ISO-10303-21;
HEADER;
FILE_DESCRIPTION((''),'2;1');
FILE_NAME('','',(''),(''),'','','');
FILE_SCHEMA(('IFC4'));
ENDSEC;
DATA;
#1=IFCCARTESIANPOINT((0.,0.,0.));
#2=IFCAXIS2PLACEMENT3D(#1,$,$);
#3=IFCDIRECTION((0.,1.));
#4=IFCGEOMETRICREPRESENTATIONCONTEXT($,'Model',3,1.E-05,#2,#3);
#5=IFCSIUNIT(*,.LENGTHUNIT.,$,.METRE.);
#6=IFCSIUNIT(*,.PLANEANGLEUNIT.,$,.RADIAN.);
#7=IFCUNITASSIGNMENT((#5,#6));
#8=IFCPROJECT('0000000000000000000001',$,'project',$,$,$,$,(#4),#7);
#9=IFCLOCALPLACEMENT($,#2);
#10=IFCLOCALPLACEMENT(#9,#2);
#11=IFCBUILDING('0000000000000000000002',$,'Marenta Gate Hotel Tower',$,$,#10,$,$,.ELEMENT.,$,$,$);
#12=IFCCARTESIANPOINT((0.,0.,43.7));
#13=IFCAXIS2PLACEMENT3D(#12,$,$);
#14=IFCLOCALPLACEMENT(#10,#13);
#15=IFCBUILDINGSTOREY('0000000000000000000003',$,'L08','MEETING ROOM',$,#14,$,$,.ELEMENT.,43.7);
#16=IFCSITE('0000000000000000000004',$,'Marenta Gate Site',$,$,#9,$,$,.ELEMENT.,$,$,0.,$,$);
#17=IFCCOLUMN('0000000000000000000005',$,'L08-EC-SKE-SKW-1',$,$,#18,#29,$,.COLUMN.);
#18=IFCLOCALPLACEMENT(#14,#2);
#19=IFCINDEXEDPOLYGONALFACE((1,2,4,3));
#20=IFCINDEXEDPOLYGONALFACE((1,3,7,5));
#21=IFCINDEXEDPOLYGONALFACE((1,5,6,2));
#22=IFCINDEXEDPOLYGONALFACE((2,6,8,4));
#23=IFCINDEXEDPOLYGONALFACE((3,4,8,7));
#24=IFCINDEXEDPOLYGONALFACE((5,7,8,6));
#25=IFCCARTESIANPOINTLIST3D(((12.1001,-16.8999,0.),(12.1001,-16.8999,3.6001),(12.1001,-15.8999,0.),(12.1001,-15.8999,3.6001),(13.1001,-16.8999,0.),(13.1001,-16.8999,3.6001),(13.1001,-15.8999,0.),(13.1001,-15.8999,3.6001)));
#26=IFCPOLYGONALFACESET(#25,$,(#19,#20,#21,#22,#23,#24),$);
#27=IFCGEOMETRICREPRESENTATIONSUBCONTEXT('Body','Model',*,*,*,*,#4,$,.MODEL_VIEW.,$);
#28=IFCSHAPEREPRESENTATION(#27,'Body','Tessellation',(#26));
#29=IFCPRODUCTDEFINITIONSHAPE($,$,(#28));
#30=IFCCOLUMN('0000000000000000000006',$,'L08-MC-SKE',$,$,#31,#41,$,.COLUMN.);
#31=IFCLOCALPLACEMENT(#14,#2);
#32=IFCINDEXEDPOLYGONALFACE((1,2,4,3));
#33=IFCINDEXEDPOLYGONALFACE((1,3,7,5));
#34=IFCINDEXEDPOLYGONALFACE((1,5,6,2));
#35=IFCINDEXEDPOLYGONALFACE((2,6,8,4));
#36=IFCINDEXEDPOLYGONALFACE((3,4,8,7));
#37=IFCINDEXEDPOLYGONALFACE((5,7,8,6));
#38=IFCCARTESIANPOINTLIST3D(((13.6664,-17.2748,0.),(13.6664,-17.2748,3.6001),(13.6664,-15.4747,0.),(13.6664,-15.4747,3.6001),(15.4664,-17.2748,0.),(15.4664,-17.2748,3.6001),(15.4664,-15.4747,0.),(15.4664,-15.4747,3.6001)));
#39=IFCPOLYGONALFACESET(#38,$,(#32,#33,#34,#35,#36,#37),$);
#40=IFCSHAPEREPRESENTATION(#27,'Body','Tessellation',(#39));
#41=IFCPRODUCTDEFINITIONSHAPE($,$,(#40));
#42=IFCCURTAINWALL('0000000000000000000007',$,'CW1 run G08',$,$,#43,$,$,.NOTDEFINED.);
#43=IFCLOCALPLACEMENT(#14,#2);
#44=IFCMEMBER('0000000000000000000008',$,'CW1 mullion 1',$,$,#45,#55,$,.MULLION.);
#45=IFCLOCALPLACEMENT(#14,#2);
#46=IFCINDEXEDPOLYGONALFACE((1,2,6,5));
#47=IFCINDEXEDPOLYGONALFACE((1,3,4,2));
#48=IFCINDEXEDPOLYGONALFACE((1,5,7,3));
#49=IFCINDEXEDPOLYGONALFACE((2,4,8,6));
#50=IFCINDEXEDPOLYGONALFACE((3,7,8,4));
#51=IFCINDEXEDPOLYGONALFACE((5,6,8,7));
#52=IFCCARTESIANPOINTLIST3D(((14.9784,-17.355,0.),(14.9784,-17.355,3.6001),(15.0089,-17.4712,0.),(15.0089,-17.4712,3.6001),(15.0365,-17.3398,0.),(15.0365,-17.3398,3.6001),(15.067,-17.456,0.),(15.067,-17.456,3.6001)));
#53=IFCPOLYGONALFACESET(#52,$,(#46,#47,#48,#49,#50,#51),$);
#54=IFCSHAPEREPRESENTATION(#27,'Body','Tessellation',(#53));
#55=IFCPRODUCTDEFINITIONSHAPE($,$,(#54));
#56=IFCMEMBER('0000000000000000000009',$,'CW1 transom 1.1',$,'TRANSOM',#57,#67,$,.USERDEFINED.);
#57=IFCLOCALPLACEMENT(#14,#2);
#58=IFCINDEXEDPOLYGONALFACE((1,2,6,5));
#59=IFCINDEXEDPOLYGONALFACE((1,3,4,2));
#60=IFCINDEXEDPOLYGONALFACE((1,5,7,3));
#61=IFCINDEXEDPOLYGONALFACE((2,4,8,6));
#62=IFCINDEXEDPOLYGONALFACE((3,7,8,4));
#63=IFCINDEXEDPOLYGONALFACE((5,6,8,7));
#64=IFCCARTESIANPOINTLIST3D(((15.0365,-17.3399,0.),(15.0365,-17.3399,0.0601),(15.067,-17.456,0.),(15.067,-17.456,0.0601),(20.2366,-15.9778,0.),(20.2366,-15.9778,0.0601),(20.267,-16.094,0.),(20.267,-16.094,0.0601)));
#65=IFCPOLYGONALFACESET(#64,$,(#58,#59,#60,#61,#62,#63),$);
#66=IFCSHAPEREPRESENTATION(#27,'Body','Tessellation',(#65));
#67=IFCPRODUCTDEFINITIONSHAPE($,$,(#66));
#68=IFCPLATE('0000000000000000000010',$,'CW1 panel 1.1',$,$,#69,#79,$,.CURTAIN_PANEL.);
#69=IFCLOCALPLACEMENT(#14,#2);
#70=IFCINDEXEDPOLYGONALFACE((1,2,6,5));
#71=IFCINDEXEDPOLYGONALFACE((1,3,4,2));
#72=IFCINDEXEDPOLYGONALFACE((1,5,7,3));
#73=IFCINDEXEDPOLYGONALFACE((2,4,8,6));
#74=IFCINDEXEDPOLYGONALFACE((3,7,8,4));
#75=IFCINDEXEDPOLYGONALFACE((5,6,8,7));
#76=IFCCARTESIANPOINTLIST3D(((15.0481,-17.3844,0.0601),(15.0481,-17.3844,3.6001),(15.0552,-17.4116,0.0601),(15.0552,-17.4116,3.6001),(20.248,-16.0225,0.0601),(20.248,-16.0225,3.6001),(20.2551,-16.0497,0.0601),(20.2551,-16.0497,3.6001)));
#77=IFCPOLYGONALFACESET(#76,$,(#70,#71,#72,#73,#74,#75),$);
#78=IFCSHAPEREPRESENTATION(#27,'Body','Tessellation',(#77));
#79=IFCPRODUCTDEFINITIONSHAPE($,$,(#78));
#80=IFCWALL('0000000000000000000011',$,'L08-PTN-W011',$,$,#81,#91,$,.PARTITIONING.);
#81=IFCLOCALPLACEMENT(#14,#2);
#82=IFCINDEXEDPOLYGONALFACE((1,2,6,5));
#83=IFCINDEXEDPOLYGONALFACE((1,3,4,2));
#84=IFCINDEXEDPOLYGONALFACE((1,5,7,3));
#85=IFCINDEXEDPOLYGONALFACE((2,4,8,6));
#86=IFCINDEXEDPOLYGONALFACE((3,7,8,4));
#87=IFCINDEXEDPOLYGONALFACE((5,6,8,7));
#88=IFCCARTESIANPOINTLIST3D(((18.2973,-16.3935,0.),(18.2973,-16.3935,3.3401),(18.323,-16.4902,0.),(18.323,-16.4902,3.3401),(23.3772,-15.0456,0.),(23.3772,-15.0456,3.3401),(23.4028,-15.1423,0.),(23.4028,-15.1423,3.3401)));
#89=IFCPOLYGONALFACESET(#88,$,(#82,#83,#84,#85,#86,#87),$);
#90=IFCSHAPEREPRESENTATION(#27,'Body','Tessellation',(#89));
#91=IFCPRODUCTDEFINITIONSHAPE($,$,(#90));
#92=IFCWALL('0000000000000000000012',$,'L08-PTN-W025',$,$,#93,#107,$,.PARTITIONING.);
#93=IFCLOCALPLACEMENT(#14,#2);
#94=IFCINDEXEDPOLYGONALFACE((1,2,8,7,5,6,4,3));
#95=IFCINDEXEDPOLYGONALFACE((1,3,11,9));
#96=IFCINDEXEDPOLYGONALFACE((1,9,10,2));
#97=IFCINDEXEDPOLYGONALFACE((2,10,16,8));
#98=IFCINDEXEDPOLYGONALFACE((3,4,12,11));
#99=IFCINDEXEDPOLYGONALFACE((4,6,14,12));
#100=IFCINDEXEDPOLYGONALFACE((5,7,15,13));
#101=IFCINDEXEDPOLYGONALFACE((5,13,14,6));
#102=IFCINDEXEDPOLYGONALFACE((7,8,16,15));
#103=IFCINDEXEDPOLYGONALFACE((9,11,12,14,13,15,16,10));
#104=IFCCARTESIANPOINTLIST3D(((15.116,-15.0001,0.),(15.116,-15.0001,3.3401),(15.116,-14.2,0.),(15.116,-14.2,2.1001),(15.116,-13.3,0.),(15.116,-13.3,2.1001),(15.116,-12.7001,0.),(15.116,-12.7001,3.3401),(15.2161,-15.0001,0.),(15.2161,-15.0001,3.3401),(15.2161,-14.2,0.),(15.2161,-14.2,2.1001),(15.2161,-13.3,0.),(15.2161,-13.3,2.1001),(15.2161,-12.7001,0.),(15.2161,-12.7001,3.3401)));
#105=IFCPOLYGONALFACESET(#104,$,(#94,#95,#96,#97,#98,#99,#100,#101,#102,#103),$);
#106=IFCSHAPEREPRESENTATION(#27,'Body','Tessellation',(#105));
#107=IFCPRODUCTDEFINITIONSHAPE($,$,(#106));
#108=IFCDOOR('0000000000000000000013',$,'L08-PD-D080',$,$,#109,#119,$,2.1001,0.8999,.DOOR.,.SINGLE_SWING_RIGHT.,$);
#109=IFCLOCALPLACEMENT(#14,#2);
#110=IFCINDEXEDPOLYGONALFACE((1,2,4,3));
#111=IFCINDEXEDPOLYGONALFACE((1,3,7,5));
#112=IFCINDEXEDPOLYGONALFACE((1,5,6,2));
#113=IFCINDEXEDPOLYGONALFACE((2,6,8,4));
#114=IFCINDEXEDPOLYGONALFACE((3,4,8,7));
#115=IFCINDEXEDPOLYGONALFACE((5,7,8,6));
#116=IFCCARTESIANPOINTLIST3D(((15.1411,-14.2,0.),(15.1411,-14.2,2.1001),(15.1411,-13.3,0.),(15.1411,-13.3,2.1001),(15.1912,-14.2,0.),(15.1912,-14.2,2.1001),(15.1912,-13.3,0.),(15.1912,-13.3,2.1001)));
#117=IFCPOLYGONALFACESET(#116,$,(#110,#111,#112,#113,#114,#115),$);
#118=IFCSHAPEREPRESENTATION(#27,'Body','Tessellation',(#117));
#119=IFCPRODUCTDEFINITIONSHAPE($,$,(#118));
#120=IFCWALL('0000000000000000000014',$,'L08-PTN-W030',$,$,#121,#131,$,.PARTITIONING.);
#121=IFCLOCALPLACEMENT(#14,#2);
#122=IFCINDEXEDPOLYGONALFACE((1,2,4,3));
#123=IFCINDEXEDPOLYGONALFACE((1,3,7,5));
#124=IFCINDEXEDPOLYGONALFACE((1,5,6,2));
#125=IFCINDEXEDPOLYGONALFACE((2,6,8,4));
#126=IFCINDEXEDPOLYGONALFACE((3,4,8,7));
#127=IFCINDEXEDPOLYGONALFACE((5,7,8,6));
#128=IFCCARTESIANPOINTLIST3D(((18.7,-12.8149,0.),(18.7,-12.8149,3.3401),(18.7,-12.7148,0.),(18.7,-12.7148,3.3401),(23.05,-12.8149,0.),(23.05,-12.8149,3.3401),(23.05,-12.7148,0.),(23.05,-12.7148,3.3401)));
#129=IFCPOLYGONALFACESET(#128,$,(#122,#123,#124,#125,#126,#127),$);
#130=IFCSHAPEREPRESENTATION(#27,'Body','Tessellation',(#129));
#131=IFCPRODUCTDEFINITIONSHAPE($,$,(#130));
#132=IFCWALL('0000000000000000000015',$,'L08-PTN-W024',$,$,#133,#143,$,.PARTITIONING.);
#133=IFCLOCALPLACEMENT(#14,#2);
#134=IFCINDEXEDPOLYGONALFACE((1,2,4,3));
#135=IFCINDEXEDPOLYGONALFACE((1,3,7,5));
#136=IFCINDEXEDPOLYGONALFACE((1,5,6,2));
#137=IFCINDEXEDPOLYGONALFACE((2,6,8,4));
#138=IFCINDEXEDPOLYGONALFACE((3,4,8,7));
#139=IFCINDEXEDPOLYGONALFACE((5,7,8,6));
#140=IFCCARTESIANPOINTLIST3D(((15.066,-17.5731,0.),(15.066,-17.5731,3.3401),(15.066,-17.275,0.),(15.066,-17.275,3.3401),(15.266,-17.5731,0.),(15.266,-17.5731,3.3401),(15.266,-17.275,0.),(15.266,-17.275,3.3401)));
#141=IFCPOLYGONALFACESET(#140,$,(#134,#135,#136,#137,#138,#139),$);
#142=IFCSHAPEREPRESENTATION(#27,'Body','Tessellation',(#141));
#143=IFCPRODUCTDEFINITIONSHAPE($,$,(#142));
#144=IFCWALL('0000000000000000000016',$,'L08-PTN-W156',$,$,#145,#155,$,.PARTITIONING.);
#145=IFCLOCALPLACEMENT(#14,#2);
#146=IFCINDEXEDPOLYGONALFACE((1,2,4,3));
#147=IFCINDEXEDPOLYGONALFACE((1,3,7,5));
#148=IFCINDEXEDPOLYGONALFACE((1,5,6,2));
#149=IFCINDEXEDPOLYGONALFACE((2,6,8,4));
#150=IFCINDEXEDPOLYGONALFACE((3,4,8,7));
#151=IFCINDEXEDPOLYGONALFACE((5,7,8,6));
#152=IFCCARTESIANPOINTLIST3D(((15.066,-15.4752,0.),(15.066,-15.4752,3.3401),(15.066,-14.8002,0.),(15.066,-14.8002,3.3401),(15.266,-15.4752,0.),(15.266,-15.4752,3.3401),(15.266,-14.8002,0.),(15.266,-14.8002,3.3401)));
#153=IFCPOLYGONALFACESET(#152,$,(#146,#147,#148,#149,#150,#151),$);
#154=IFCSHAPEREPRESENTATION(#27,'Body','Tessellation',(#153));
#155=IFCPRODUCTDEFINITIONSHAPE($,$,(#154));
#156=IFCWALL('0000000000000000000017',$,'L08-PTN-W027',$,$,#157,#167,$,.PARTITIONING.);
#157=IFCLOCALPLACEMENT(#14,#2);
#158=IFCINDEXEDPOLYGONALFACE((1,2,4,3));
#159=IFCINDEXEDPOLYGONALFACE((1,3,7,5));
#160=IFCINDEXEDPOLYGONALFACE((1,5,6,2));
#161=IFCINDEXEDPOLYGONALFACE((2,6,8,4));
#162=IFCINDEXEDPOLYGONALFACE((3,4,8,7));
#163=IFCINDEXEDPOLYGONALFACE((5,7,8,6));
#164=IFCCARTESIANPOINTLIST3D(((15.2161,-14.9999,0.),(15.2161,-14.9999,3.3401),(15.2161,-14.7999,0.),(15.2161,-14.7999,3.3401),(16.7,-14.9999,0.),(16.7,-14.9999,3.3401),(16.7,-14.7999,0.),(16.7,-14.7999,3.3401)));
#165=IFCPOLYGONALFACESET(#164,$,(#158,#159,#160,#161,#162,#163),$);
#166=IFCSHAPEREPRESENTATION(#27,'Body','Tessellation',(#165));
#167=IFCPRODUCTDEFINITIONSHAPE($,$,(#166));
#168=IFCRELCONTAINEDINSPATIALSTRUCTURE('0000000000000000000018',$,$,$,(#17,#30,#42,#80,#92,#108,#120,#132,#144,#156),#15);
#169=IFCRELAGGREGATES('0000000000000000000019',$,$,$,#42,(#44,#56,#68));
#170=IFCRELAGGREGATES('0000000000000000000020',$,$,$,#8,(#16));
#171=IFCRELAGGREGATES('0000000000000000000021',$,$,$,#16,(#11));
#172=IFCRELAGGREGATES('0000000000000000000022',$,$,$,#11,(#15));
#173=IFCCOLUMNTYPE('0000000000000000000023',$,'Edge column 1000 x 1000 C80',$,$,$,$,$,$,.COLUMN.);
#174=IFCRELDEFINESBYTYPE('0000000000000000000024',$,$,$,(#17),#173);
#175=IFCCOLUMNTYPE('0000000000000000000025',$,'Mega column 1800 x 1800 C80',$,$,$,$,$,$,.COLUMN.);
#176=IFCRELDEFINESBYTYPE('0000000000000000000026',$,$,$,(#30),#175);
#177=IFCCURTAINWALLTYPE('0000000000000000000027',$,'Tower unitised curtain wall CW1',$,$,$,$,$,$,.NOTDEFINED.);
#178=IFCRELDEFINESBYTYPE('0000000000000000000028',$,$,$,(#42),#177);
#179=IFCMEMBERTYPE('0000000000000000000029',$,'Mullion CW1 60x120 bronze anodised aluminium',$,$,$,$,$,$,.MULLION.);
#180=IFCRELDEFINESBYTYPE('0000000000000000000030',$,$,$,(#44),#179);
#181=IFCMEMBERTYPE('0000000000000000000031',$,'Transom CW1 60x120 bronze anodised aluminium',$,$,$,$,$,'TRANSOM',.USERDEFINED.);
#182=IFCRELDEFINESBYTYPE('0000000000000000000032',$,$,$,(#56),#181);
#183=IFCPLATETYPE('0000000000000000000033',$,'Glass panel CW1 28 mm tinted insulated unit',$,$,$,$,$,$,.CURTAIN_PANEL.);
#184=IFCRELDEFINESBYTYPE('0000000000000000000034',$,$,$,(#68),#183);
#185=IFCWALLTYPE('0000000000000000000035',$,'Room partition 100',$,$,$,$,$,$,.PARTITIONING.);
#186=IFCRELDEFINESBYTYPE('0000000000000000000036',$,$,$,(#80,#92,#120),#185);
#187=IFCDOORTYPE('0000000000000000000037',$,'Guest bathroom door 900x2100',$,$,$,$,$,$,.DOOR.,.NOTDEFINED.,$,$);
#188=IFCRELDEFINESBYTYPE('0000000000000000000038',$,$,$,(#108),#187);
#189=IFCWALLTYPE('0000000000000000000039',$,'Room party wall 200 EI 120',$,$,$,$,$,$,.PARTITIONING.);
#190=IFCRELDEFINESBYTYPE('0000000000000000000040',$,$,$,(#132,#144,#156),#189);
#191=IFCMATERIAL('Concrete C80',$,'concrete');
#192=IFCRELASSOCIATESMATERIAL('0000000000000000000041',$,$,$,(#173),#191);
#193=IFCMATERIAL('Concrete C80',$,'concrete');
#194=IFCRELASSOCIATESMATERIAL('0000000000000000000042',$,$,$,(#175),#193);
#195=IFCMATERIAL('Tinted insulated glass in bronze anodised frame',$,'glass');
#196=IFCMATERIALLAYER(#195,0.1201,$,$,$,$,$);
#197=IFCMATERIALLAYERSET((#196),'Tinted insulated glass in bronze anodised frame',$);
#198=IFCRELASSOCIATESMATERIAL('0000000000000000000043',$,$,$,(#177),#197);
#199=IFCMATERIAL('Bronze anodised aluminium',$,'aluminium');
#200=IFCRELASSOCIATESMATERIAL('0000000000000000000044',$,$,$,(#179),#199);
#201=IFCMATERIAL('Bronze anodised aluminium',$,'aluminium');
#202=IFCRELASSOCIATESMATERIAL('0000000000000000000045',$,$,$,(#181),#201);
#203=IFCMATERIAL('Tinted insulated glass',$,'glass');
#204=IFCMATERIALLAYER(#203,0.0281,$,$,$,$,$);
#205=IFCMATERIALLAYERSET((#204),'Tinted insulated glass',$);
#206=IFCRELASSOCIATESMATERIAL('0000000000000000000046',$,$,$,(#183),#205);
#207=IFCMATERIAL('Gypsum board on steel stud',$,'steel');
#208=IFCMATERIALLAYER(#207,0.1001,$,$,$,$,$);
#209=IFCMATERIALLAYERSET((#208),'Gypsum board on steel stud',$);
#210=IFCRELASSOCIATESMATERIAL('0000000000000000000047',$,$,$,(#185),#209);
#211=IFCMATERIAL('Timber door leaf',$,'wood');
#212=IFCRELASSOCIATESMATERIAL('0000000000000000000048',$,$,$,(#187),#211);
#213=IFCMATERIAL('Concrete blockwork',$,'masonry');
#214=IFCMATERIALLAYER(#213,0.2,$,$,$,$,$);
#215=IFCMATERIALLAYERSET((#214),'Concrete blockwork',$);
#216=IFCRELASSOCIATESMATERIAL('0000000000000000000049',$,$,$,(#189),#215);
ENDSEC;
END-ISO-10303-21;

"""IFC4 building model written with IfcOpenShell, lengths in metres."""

from ifc_helpers import new_model, si_unit, direction, frame, frame_2d, origin, origin_2d, place, context, subcontext, project, spatial, rectangle, extrude, material, layer, layer_set, material_profile, profile_set, type_object, element, fill, aggregate, save


model = new_model("IFC4")

# Units and contexts
model_context = context("Model", 3, precision=1e-05, world=origin(), true_north=direction((0.0, 1.0)))
body_context = subcontext(model_context, "Body", "Model", "MODEL_VIEW")
ifc_project = project(units=[si_unit("LENGTHUNIT", "METRE"), si_unit("PLANEANGLEUNIT", "RADIAN")], contexts=[model_context])

# Site, building, storey
site_placement = place(None, origin())
site = spatial("IfcSite", under=ifc_project, at=site_placement, Name="Marenta Gate Site", CompositionType="ELEMENT", RefElevation=0.0)
building_placement = place(site_placement, origin())
building = spatial("IfcBuilding", under=site, at=building_placement, Name="Marenta Gate Hotel Tower", CompositionType="ELEMENT")
storey_placement = place(building_placement, frame((0.0, 0.0, 43.7)))
storey = spatial("IfcBuildingStorey", under=building, at=storey_placement, Name="L08", Description="MEETING ROOM", CompositionType="ELEMENT", Elevation=43.7)

# Columns
ifc_material_1 = material(Name="Concrete C80", Category="concrete")
ifc_material_profile_1 = material_profile(ifc_material_1, rectangle(XDim=1.0, YDim=1.0, at=origin_2d()), Name="1000 x 1000")
ifc_profile_set_1 = profile_set([ifc_material_profile_1], Name="Concrete C80")
column_type_1 = type_object("IfcColumnType", Name="Edge column 1000 x 1000 C80", PredefinedType="COLUMN", material=ifc_profile_set_1)
column_1_placement = place(storey_placement, frame((12.6001, -16.3999, 0.0), z_axis=(0.0, 0.0, 1.0), x_axis=(1.0, 0.0, 0.0)))
element("IfcColumn", 1, at=column_1_placement, inside=storey, type_object=column_type_1, Name="L08-EC-SKE-SKW-1", PredefinedType="COLUMN", context=body_context, shape_type="SweptSolid", body=[
    extrude(rectangle(XDim=1.0, YDim=1.0, at=origin_2d()), origin(), (0.0, 0.0, 1.0), 3.6001),
])
ifc_material_2 = material(Name="Concrete C80", Category="concrete")
ifc_material_profile_2 = material_profile(ifc_material_2, rectangle(XDim=1.8, YDim=1.8, at=origin_2d()), Name="1800 x 1800")
ifc_profile_set_2 = profile_set([ifc_material_profile_2], Name="Concrete C80")
column_type_2 = type_object("IfcColumnType", Name="Mega column 1800 x 1800 C80", PredefinedType="COLUMN", material=ifc_profile_set_2)
column_2_placement = place(storey_placement, frame((14.5664, -16.3748, 0.0), z_axis=(0.0, 0.0, 1.0), x_axis=(1.0, 0.0, 0.0)))
element("IfcColumn", 2, at=column_2_placement, inside=storey, type_object=column_type_2, Name="L08-MC-SKE", PredefinedType="COLUMN", context=body_context, shape_type="SweptSolid", body=[
    extrude(rectangle(XDim=1.8, YDim=1.8, at=origin_2d()), origin(), (0.0, 0.0, 1.0), 3.6001),
])

# Curtain wall, members, plate
ifc_material_3 = material(Name="Tinted insulated glass in bronze anodised frame", Category="glass")
ifc_layer_1 = layer(ifc_material_3, 0.1201)
ifc_layer_set_1 = layer_set([ifc_layer_1], Name="Tinted insulated glass in bronze anodised frame")
curtain_wall_type = type_object("IfcCurtainWallType", Name="Tower unitised curtain wall CW1", PredefinedType="NOTDEFINED", material=ifc_layer_set_1)
curtain_wall_placement = place(storey_placement, origin())
curtain_wall = element("IfcCurtainWall", 3, at=curtain_wall_placement, inside=storey, type_object=curtain_wall_type, Name="CW1 run G08", PredefinedType="NOTDEFINED")
ifc_material_4 = material(Name="Bronze anodised aluminium", Category="aluminium")
ifc_material_profile_3 = material_profile(ifc_material_4, rectangle(XDim=0.1201, YDim=0.0601, at=origin_2d()), Name="Mullion CW1 60x120 bronze anodised aluminium")
ifc_profile_set_3 = profile_set([ifc_material_profile_3], Name="Bronze anodised aluminium")
member_type_1 = type_object("IfcMemberType", Name="Mullion CW1 60x120 bronze anodised aluminium", PredefinedType="MULLION", material=ifc_profile_set_3)
member_1_placement = place(storey_placement, frame((15.0227, -17.4055, 0.0), z_axis=(0.0, 0.0, 1.0), x_axis=(-0.253372, 0.967369, 0.0)))
member_1 = element("IfcMember", 4, at=member_1_placement, type_object=member_type_1, Name="CW1 mullion 1", PredefinedType="MULLION", context=body_context, shape_type="SweptSolid", body=[
    extrude(rectangle(XDim=0.1201, YDim=0.0601, at=origin_2d()), origin(), (0.0, 0.0, 1.0), 3.6001),
])
ifc_material_5 = material(Name="Bronze anodised aluminium", Category="aluminium")
ifc_material_profile_4 = material_profile(ifc_material_5, rectangle(XDim=0.1201, YDim=0.0601, at=origin_2d()), Name="Transom CW1 60x120 bronze anodised aluminium")
ifc_profile_set_4 = profile_set([ifc_material_profile_4], Name="Bronze anodised aluminium")
member_type_2 = type_object("IfcMemberType", Name="Transom CW1 60x120 bronze anodised aluminium", ElementType="TRANSOM", PredefinedType="USERDEFINED", material=ifc_profile_set_4)
member_2_placement = place(storey_placement, frame((15.0518, -17.3979, 0.03), z_axis=(0.967365, 0.253389, 0.0), x_axis=(-0.253389, 0.967365, 0.0)))
member_2 = element("IfcMember", 5, at=member_2_placement, type_object=member_type_2, Name="CW1 transom 1.1", ObjectType="TRANSOM", PredefinedType="USERDEFINED", context=body_context, shape_type="SweptSolid", body=[
    extrude(rectangle(XDim=0.1201, YDim=0.0601, at=origin_2d()), origin(), (0.0, 0.0, 1.0), 5.3755),
])
ifc_material_6 = material(Name="Tinted insulated glass", Category="glass")
ifc_layer_2 = layer(ifc_material_6, 0.0281)
ifc_layer_set_2 = layer_set([ifc_layer_2], Name="Tinted insulated glass")
plate_type = type_object("IfcPlateType", Name="Glass panel CW1 28 mm tinted insulated unit", PredefinedType="CURTAIN_PANEL", material=ifc_layer_set_2)
plate_placement = place(storey_placement, frame((17.6516, -16.717, 0.0601), z_axis=(0.0, 0.0, 1.0), x_axis=(0.967369, 0.253372, 0.0)))
plate = element("IfcPlate", 6, at=plate_placement, type_object=plate_type, Name="CW1 panel 1.1", PredefinedType="CURTAIN_PANEL", context=body_context, shape_type="SweptSolid", body=[
    extrude(rectangle(XDim=5.3752, YDim=0.0281, at=origin_2d()), origin(), (0.0, 0.0, 1.0), 3.54),
])
aggregate(curtain_wall, [member_1, member_2, plate])

# Wall
ifc_material_7 = material(Name="Gypsum board on steel stud", Category="steel")
ifc_layer_3 = layer(ifc_material_7, 0.1001)
ifc_layer_set_3 = layer_set([ifc_layer_3], Name="Gypsum board on steel stud")
wall_type_1 = type_object("IfcWallType", Name="Room partition 100", PredefinedType="PARTITIONING", material=ifc_layer_set_3)
wall_1_placement = place(storey_placement, frame((18.3101, -16.4419, 0.0), z_axis=(0.0, 0.0, 1.0), x_axis=(0.966553, 0.256468, 0.0)))
element("IfcWall", 7, at=wall_1_placement, inside=storey, type_object=wall_type_1, Name="L08-PTN-W011", PredefinedType="PARTITIONING", context=body_context, shape_type="SweptSolid", body=[
    extrude(rectangle(XDim=5.2556, YDim=0.1001, at=frame_2d((2.6279, 0.0))), origin(), (0.0, 0.0, 1.0), 3.3401),
])

# Wall, opening, door
wall_2_placement = place(storey_placement, frame((15.166, -15.0, 0.0), z_axis=(0.0, 0.0, 1.0), x_axis=(0.0, 1.0, 0.0)))
wall_2 = element("IfcWall", 8, at=wall_2_placement, inside=storey, type_object=wall_type_1, Name="L08-PTN-W025", PredefinedType="PARTITIONING", context=body_context, shape_type="SweptSolid", body=[
    extrude(rectangle(XDim=2.3, YDim=0.1001, at=frame_2d((1.1499, 0.0))), origin(), (0.0, 0.0, 1.0), 3.3401),
])
opening_1_placement = place(wall_2_placement, frame((0.8, 0.0, 0.0)))
opening_1 = element("IfcOpeningElement", 9, at=opening_1_placement, cuts=wall_2, PredefinedType="OPENING", context=body_context, shape_type="SweptSolid", body=[
    extrude(rectangle(XDim=0.8999, YDim=2.1001, at=frame_2d((0.45, 1.05))), frame((0.0, 0.05, 0.0), z_axis=(0.0, -1.0, 0.0), x_axis=(1.0, 0.0, 0.0)), (0.0, 0.0, 1.0), 0.1001),
])
ifc_material_8 = material(Name="Timber door leaf", Category="wood")
door_type_1 = type_object("IfcDoorType", Name="Guest bathroom door 900x2100", OperationType="NOTDEFINED", PredefinedType="DOOR", material=ifc_material_8)
door_1_placement = place(opening_1_placement, origin())
door_1 = element("IfcDoor", 10, at=door_1_placement, inside=storey, type_object=door_type_1, Name="L08-PD-D080", OperationType="SINGLE_SWING_RIGHT", OverallHeight=2.1001, OverallWidth=0.8999, PredefinedType="DOOR", context=body_context, shape_type="SweptSolid", body=[
    extrude(rectangle(XDim=0.8999, YDim=2.1001, at=frame_2d((0.45, 1.05))), frame((0.0, 0.0249, 0.0), z_axis=(0.0, -1.0, 0.0), x_axis=(1.0, 0.0, 0.0)), (0.0, 0.0, 1.0), 0.05),
])
fill(opening_1, door_1)

# Walls
wall_3_placement = place(storey_placement, frame((18.7, -12.7649, 0.0), z_axis=(0.0, 0.0, 1.0), x_axis=(1.0, 0.0, 0.0)))
element("IfcWall", 11, at=wall_3_placement, inside=storey, type_object=wall_type_1, Name="L08-PTN-W030", PredefinedType="PARTITIONING", context=body_context, shape_type="SweptSolid", body=[
    extrude(rectangle(XDim=4.3501, YDim=0.1001, at=frame_2d((2.175, 0.0))), origin(), (0.0, 0.0, 1.0), 3.3401),
])
ifc_material_9 = material(Name="Concrete blockwork", Category="masonry")
ifc_layer_4 = layer(ifc_material_9, 0.2)
ifc_layer_set_4 = layer_set([ifc_layer_4], Name="Concrete blockwork")
wall_type_2 = type_object("IfcWallType", Name="Room party wall 200 EI 120", PredefinedType="PARTITIONING", material=ifc_layer_set_4)
wall_4_placement = place(storey_placement, frame((15.166, -17.573, 0.0), z_axis=(0.0, 0.0, 1.0), x_axis=(0.0, 1.0, 0.0)))
element("IfcWall", 12, at=wall_4_placement, inside=storey, type_object=wall_type_2, Name="L08-PTN-W024", PredefinedType="PARTITIONING", context=body_context, shape_type="SweptSolid", body=[
    extrude(rectangle(XDim=0.2981, YDim=0.2, at=frame_2d((0.1489, 0.0))), origin(), (0.0, 0.0, 1.0), 3.3401),
])
wall_5_placement = place(storey_placement, frame((15.166, -15.4751, 0.0), z_axis=(0.0, 0.0, 1.0), x_axis=(0.0, 1.0, 0.0)))
element("IfcWall", 13, at=wall_5_placement, inside=storey, type_object=wall_type_2, Name="L08-PTN-W156", PredefinedType="PARTITIONING", context=body_context, shape_type="SweptSolid", body=[
    extrude(rectangle(XDim=0.675, YDim=0.2, at=frame_2d((0.3374, 0.0))), origin(), (0.0, 0.0, 1.0), 3.3401),
])
wall_6_placement = place(storey_placement, frame((15.2161, -14.8999, 0.0), z_axis=(0.0, 0.0, 1.0), x_axis=(1.0, 0.0, 0.0)))
element("IfcWall", 14, at=wall_6_placement, inside=storey, type_object=wall_type_2, Name="L08-PTN-W027", PredefinedType="PARTITIONING", context=body_context, shape_type="SweptSolid", body=[
    extrude(rectangle(XDim=1.4839, YDim=0.2, at=frame_2d((0.7419, 0.0))), origin(), (0.0, 0.0, 1.0), 3.3401),
])

save(model, "model.ifc")
